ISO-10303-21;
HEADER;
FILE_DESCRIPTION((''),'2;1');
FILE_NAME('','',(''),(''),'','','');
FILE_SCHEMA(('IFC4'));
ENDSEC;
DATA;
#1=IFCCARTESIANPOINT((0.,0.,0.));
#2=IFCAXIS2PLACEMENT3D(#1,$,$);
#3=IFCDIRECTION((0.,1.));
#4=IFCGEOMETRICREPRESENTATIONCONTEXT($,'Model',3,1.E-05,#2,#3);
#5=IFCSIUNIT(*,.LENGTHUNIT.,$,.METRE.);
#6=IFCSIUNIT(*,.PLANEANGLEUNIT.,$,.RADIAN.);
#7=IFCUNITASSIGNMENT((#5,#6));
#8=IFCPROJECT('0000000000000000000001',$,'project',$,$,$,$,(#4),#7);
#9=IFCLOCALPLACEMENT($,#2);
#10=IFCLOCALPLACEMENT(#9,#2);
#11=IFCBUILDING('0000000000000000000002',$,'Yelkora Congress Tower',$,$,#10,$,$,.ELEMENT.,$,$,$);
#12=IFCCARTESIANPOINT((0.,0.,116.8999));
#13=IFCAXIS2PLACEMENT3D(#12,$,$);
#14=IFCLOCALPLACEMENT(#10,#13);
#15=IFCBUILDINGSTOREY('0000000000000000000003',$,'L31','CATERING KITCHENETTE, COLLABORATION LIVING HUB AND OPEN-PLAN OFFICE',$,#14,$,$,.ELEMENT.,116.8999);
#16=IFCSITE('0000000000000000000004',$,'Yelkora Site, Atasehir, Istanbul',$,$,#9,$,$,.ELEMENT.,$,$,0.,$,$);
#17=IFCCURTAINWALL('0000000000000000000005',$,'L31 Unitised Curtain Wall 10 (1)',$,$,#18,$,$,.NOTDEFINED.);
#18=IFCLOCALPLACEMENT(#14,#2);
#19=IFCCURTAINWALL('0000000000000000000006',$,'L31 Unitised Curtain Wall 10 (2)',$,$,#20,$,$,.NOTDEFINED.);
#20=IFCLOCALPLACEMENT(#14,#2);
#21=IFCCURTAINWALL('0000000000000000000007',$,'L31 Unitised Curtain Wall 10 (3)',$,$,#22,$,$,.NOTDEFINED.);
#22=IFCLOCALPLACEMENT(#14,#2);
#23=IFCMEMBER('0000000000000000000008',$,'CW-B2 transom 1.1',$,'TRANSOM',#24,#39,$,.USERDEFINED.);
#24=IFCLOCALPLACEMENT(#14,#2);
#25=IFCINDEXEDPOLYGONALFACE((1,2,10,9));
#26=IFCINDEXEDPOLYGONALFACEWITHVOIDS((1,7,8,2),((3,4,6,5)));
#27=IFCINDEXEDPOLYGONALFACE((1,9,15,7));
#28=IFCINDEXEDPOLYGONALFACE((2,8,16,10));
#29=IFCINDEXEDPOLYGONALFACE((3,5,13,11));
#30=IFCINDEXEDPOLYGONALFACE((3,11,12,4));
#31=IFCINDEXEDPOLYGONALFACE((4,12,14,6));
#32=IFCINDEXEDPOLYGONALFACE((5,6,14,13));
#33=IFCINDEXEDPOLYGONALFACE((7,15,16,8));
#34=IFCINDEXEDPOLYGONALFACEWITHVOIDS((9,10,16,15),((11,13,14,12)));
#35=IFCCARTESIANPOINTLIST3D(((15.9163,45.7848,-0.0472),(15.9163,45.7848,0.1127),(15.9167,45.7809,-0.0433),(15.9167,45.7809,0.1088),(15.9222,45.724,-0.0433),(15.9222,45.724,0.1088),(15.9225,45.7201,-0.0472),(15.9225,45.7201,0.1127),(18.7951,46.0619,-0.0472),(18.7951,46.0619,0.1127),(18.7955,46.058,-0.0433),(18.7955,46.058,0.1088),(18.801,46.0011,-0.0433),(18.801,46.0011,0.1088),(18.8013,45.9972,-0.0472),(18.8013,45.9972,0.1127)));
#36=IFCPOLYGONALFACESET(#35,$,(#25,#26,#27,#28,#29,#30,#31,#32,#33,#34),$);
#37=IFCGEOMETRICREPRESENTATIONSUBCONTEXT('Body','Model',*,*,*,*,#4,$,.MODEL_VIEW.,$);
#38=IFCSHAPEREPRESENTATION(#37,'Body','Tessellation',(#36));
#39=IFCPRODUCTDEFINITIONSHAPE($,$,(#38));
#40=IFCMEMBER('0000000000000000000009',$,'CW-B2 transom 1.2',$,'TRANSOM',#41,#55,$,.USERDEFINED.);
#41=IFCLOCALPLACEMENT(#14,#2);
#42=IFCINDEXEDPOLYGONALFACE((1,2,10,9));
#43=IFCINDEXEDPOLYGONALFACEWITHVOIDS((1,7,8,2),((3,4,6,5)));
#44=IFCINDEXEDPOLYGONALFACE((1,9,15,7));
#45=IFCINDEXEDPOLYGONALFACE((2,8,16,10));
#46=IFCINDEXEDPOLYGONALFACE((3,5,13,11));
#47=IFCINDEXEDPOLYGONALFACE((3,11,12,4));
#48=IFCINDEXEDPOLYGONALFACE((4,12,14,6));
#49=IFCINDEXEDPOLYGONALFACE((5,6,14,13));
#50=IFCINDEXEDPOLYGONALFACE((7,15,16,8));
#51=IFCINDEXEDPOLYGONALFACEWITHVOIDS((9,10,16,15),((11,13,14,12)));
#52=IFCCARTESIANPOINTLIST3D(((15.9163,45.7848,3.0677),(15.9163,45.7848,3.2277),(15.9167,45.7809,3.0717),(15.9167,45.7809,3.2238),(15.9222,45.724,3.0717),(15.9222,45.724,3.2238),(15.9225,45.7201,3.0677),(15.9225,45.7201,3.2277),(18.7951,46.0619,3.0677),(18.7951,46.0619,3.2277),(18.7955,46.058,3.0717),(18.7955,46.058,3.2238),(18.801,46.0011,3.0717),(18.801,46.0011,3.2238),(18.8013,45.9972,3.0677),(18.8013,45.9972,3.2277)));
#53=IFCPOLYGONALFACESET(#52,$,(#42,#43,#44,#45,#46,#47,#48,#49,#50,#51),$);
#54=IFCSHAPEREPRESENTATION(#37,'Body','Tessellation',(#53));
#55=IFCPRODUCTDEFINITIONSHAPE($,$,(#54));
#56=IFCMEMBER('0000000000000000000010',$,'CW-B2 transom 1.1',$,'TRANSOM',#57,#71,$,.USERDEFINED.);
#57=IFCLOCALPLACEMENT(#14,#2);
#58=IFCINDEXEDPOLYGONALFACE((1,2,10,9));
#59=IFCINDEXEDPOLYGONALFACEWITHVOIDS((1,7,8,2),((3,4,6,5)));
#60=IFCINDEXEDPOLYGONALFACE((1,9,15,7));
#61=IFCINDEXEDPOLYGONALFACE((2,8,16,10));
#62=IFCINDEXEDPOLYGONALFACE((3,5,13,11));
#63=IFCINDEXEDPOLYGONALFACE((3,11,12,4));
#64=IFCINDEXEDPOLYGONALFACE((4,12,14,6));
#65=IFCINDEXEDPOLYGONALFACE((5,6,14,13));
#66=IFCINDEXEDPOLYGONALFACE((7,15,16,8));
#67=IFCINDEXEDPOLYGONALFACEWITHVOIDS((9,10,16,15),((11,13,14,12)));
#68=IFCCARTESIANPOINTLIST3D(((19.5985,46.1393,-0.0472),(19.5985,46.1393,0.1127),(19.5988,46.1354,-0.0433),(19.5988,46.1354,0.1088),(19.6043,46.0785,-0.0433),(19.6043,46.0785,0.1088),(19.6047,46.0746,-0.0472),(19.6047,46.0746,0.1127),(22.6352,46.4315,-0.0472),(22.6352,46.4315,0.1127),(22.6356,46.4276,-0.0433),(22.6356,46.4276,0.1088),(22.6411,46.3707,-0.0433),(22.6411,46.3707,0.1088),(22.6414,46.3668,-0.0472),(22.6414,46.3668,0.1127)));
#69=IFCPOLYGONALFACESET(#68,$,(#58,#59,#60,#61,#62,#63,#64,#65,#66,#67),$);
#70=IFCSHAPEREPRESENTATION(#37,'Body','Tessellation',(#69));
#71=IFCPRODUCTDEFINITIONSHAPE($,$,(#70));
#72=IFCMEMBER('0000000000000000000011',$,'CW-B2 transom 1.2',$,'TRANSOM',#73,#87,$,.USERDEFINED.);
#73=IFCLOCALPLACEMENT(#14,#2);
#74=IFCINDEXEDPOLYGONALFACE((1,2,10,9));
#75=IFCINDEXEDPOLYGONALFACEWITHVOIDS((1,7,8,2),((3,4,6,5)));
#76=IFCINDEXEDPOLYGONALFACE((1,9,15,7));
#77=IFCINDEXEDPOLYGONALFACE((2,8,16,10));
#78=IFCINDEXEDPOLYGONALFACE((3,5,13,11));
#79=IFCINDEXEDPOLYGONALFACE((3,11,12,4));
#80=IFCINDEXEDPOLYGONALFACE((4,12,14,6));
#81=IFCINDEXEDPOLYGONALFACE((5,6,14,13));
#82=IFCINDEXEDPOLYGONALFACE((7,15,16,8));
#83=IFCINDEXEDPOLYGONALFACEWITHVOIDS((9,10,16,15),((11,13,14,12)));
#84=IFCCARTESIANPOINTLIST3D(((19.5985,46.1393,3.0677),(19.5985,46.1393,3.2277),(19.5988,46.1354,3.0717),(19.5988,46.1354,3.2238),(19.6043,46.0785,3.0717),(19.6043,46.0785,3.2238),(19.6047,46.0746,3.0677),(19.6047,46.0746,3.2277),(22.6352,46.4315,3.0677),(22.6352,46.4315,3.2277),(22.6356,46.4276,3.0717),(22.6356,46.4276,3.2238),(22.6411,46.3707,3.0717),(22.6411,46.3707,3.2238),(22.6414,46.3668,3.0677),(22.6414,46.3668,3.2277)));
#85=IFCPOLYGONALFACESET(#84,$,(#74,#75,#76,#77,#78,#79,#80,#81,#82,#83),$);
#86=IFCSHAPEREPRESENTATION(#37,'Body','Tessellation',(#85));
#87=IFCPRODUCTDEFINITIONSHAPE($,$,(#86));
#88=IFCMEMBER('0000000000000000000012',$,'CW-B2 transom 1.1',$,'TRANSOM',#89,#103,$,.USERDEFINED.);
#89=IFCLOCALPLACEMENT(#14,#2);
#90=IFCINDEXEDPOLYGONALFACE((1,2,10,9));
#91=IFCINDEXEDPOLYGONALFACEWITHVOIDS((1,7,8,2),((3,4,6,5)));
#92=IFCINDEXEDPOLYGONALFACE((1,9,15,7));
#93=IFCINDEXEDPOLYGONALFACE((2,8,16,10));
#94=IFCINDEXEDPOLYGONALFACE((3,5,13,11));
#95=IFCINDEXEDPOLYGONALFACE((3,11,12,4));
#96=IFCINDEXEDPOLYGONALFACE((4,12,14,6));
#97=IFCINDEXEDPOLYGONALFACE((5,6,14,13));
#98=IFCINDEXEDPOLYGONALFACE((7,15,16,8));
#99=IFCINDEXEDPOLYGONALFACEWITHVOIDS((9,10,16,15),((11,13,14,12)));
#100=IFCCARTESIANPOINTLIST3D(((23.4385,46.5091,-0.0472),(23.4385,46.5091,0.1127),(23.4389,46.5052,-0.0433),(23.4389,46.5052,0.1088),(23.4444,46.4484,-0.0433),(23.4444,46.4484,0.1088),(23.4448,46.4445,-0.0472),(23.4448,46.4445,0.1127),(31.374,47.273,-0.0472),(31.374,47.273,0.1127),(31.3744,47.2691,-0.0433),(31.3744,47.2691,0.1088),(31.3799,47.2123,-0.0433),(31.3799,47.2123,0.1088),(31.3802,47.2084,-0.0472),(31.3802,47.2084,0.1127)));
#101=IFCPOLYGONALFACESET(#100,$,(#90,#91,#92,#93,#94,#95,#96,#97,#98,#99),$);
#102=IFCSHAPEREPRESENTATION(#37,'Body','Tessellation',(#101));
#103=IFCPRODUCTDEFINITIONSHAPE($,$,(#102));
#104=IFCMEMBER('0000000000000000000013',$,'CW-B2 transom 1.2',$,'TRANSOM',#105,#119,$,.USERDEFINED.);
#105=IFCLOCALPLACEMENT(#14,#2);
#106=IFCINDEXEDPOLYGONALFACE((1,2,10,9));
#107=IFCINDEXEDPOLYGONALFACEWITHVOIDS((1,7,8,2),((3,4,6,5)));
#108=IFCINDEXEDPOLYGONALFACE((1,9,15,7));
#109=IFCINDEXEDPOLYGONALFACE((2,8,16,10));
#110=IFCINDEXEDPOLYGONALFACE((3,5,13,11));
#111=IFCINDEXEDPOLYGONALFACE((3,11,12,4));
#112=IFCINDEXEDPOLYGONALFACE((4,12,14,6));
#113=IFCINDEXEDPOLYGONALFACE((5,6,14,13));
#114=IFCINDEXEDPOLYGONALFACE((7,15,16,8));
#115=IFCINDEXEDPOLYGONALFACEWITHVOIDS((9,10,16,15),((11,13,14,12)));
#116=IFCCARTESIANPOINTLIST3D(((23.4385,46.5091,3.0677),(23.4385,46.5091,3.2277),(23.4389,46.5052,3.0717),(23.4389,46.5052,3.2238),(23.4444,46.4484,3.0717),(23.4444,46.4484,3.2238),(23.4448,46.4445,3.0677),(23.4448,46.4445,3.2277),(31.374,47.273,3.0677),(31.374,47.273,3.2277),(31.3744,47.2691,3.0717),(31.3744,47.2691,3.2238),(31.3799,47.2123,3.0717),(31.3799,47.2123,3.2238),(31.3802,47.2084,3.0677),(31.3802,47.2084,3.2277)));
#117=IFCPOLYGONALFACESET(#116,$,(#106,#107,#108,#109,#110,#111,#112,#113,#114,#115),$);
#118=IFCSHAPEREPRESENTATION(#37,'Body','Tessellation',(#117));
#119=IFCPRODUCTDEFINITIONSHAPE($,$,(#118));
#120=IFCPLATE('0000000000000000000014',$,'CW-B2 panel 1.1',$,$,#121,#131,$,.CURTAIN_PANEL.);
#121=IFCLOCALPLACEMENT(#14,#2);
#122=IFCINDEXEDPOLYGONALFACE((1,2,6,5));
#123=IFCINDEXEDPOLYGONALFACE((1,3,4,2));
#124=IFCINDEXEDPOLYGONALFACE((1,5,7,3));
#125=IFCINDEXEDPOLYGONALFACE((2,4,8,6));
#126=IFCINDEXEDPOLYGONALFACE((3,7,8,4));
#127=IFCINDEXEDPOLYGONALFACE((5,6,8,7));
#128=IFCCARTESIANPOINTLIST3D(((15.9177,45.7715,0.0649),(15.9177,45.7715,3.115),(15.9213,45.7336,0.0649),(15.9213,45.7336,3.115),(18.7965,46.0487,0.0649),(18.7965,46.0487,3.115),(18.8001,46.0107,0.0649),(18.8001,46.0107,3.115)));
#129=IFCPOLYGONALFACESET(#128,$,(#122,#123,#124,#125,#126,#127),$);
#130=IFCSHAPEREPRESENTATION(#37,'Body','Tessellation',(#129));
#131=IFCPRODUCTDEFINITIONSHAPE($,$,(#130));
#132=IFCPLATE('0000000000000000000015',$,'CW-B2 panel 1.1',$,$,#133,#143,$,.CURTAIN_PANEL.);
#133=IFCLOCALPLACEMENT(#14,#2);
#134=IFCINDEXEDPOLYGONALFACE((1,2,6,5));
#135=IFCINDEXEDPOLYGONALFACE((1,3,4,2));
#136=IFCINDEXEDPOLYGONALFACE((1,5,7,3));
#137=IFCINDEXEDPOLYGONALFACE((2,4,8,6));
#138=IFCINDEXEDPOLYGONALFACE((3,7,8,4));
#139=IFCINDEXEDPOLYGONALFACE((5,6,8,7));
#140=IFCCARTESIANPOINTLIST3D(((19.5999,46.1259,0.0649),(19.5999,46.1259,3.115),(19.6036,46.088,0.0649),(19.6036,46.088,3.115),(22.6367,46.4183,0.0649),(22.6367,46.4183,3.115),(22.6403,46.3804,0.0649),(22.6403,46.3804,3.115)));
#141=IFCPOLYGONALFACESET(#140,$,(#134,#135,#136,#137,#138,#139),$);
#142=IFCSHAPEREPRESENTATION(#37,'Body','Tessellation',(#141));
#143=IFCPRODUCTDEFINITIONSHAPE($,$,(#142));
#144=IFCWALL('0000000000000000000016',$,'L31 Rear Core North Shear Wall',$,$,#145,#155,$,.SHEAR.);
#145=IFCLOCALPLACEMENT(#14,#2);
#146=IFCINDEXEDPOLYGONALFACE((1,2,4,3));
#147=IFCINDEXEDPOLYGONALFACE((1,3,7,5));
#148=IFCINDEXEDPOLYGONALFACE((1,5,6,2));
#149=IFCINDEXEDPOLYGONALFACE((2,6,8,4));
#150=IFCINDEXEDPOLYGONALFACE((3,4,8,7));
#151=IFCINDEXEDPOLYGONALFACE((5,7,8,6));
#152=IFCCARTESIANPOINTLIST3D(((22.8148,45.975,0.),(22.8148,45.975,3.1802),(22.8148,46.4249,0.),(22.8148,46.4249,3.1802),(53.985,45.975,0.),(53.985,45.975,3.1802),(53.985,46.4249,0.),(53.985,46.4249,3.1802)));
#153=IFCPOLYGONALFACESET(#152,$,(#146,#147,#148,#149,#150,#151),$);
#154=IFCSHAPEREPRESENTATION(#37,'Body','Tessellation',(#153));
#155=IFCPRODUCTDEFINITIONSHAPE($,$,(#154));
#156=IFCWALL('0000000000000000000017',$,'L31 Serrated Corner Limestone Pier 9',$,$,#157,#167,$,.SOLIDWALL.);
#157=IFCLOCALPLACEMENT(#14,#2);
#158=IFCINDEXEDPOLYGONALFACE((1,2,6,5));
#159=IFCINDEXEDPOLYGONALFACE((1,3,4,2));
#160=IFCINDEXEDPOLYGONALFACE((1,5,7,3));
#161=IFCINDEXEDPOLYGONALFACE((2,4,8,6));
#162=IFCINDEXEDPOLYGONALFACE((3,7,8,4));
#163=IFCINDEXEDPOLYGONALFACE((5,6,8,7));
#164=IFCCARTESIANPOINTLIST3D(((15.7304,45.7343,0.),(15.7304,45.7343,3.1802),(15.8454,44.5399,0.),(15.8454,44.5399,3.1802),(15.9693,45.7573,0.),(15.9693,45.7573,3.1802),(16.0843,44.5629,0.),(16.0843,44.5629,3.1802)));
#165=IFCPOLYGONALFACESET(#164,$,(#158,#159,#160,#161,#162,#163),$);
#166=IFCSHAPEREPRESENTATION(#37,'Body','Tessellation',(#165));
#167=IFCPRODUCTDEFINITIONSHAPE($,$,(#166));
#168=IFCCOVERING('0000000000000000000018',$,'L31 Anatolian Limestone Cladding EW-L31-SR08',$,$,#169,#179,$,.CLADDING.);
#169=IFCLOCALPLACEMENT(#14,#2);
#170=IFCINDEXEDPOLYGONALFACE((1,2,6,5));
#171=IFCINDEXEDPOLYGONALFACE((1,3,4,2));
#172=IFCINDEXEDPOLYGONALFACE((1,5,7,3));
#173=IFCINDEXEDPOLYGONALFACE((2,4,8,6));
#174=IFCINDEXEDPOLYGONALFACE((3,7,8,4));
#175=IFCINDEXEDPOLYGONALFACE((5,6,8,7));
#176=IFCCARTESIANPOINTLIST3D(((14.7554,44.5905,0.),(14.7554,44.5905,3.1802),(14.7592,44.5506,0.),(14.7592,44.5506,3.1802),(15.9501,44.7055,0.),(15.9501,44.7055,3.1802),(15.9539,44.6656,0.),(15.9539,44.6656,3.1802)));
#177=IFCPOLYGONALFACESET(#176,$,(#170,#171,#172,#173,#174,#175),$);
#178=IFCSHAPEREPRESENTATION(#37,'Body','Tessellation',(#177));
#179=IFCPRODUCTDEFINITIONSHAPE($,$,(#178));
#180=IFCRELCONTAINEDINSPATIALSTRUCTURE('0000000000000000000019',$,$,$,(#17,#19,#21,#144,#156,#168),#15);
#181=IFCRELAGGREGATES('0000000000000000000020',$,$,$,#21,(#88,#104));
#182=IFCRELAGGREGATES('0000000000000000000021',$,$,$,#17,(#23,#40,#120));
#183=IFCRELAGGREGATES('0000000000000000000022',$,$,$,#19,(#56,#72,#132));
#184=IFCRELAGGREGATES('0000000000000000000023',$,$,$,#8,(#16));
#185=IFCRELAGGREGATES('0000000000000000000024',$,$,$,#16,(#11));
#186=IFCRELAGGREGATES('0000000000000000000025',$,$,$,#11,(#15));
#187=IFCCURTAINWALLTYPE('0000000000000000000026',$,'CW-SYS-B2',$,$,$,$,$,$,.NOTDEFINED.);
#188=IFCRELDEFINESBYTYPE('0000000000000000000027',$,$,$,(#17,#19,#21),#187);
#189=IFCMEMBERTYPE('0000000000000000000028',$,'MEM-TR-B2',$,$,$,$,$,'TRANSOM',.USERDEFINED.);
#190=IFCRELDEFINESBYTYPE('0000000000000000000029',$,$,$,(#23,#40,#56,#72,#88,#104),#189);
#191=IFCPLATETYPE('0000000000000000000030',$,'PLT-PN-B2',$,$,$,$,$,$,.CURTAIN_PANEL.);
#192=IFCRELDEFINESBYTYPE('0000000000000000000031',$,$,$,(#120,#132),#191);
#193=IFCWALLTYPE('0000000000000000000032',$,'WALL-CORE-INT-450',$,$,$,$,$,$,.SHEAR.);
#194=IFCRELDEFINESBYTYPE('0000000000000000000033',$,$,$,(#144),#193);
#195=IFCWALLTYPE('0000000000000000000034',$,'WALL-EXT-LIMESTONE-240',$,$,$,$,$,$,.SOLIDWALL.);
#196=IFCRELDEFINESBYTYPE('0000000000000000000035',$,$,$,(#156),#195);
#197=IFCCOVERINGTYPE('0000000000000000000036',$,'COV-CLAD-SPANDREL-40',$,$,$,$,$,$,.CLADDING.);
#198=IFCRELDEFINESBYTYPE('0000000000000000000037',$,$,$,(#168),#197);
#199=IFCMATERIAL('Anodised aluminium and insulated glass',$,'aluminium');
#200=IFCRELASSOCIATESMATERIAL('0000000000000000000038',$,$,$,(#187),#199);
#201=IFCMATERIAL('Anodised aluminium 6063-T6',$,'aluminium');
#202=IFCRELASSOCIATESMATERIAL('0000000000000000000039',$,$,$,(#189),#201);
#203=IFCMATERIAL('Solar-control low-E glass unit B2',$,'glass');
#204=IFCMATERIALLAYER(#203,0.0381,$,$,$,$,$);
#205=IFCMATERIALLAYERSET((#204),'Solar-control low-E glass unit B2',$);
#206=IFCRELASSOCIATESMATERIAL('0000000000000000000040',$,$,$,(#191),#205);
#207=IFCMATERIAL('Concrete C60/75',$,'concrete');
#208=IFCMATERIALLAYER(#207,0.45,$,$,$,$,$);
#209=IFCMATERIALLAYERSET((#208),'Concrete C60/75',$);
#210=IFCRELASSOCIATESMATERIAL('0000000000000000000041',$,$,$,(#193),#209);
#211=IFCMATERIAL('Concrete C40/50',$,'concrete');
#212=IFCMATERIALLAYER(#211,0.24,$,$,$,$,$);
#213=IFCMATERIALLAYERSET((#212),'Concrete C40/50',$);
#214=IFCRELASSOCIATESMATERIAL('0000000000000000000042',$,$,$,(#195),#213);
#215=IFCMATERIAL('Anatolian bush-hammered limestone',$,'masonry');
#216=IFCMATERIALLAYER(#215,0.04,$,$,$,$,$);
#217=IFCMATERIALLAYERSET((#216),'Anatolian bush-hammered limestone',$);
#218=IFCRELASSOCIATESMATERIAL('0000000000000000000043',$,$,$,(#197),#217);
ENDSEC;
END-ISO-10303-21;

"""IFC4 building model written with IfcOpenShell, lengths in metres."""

from ifc_helpers import new_model, si_unit, direction, frame, frame_2d, origin, origin_2d, place, context, subcontext, project, spatial, rectangle, hollow_rectangle, extrude, material, layer, layer_set, material_profile, profile_set, type_object, element, aggregate, save


model = new_model("IFC4")

# Units and contexts
model_context = context("Model", 3, precision=1e-05, world=origin(), true_north=direction((0.0, 1.0)))
body_context = subcontext(model_context, "Body", "Model", "MODEL_VIEW")
ifc_project = project(units=[si_unit("LENGTHUNIT", "METRE"), si_unit("PLANEANGLEUNIT", "RADIAN")], contexts=[model_context])

# Site, building, storey
site_placement = place(None, origin())
site = spatial("IfcSite", under=ifc_project, at=site_placement, Name="Yelkora Site, Atasehir, Istanbul", CompositionType="ELEMENT", RefElevation=0.0)
building_placement = place(site_placement, origin())
building = spatial("IfcBuilding", under=site, at=building_placement, Name="Yelkora Congress Tower", CompositionType="ELEMENT")
storey_placement = place(building_placement, frame((0.0, 0.0, 116.8999)))
storey = spatial("IfcBuildingStorey", under=building, at=storey_placement, Name="L31", Description="CATERING KITCHENETTE, COLLABORATION LIVING HUB AND OPEN-PLAN OFFICE", CompositionType="ELEMENT", Elevation=116.8999)

# Curtain walls
ifc_material_1 = material(Name="Anodised aluminium and insulated glass", Category="aluminium")
curtain_wall_type = type_object("IfcCurtainWallType", Name="CW-SYS-B2", PredefinedType="NOTDEFINED", material=ifc_material_1)
curtain_wall_1_placement = place(storey_placement, origin())
curtain_wall_1 = element("IfcCurtainWall", 1, at=curtain_wall_1_placement, inside=storey, type_object=curtain_wall_type, Name="L31 Unitised Curtain Wall 10 (1)", PredefinedType="NOTDEFINED")
ifc_material_2 = material(Name="Anodised aluminium 6063-T6", Category="aluminium")
curtain_wall_2_placement = place(storey_placement, origin())
curtain_wall_2 = element("IfcCurtainWall", 2, at=curtain_wall_2_placement, inside=storey, type_object=curtain_wall_type, Name="L31 Unitised Curtain Wall 10 (2)", PredefinedType="NOTDEFINED")

# Curtain wall
curtain_wall_3_placement = place(storey_placement, origin())
curtain_wall_3 = element("IfcCurtainWall", 3, at=curtain_wall_3_placement, inside=storey, type_object=curtain_wall_type, Name="L31 Unitised Curtain Wall 10 (3)", PredefinedType="NOTDEFINED")

# Members
ifc_material_profile_1 = material_profile(ifc_material_2, hollow_rectangle(XDim=0.0649, YDim=0.1599, WallThickness=0.0039, at=origin_2d()), Name="ALU 65x160x4")
ifc_profile_set_1 = profile_set([ifc_material_profile_1], Name="Anodised aluminium 6063-T6")
member_type_1 = type_object("IfcMemberType", Name="MEM-TR-B2", ElementType="TRANSOM", PredefinedType="USERDEFINED", material=ifc_profile_set_1)
member_1_placement = place(storey_placement, frame((15.9194, 45.7524, 0.0327), z_axis=(0.9954, 0.095809, 0.0), x_axis=(-0.095809, 0.9954, 0.0)))
member_1 = element("IfcMember", 4, at=member_1_placement, type_object=member_type_1, Name="CW-B2 transom 1.1", ObjectType="TRANSOM", PredefinedType="USERDEFINED", context=body_context, shape_type="SweptSolid", body=[
    extrude(hollow_rectangle(XDim=0.0649, YDim=0.1599, WallThickness=0.0039, at=origin_2d()), origin(), (0.0, 0.0, 1.0), 2.8921),
])
member_2_placement = place(storey_placement, frame((15.9194, 45.7524, 3.1477), z_axis=(0.9954, 0.095809, 0.0), x_axis=(-0.095809, 0.9954, 0.0)))
member_2 = element("IfcMember", 5, at=member_2_placement, type_object=member_type_1, Name="CW-B2 transom 1.2", ObjectType="TRANSOM", PredefinedType="USERDEFINED", context=body_context, shape_type="SweptSolid", body=[
    extrude(hollow_rectangle(XDim=0.0649, YDim=0.1599, WallThickness=0.0039, at=origin_2d()), origin(), (0.0, 0.0, 1.0), 2.8921),
])
member_3_placement = place(storey_placement, frame((19.6016, 46.1069, 0.0327), z_axis=(0.995402, 0.095787, 0.0), x_axis=(-0.095787, 0.995402, 0.0)))
member_3 = element("IfcMember", 6, at=member_3_placement, type_object=member_type_1, Name="CW-B2 transom 1.1", ObjectType="TRANSOM", PredefinedType="USERDEFINED", context=body_context, shape_type="SweptSolid", body=[
    extrude(hollow_rectangle(XDim=0.0649, YDim=0.1599, WallThickness=0.0039, at=origin_2d()), origin(), (0.0, 0.0, 1.0), 3.0508),
])
member_4_placement = place(storey_placement, frame((19.6016, 46.1069, 3.1477), z_axis=(0.995402, 0.095787, 0.0), x_axis=(-0.095787, 0.995402, 0.0)))
member_4 = element("IfcMember", 7, at=member_4_placement, type_object=member_type_1, Name="CW-B2 transom 1.2", ObjectType="TRANSOM", PredefinedType="USERDEFINED", context=body_context, shape_type="SweptSolid", body=[
    extrude(hollow_rectangle(XDim=0.0649, YDim=0.1599, WallThickness=0.0039, at=origin_2d()), origin(), (0.0, 0.0, 1.0), 3.0508),
])
member_5_placement = place(storey_placement, frame((23.4417, 46.4768, 0.0327), z_axis=(0.995398, 0.095822, 0.0), x_axis=(-0.095822, 0.995398, 0.0)))
member_5 = element("IfcMember", 8, at=member_5_placement, type_object=member_type_1, Name="CW-B2 transom 1.1", ObjectType="TRANSOM", PredefinedType="USERDEFINED", context=body_context, shape_type="SweptSolid", body=[
    extrude(hollow_rectangle(XDim=0.0649, YDim=0.1599, WallThickness=0.0039, at=origin_2d()), origin(), (0.0, 0.0, 1.0), 7.9722),
])
member_6_placement = place(storey_placement, frame((23.4417, 46.4768, 3.1477), z_axis=(0.995398, 0.095822, 0.0), x_axis=(-0.095822, 0.995398, 0.0)))
member_6 = element("IfcMember", 9, at=member_6_placement, type_object=member_type_1, Name="CW-B2 transom 1.2", ObjectType="TRANSOM", PredefinedType="USERDEFINED", context=body_context, shape_type="SweptSolid", body=[
    extrude(hollow_rectangle(XDim=0.0649, YDim=0.1599, WallThickness=0.0039, at=origin_2d()), origin(), (0.0, 0.0, 1.0), 7.9722),
])
aggregate(curtain_wall_3, [member_5, member_6])

# Plates
ifc_material_3 = material(Name="Solar-control low-E glass unit B2", Category="glass")
ifc_layer_1 = layer(ifc_material_3, 0.0381)
ifc_layer_set_1 = layer_set([ifc_layer_1], Name="Solar-control low-E glass unit B2")
plate_type = type_object("IfcPlateType", Name="PLT-PN-B2", PredefinedType="CURTAIN_PANEL", material=ifc_layer_set_1)
plate_1_placement = place(storey_placement, frame((17.3589, 45.8911, 0.0649), z_axis=(0.0, 0.0, 1.0), x_axis=(0.995397, 0.095839, 0.0)))
plate_1 = element("IfcPlate", 10, at=plate_1_placement, type_object=plate_type, Name="CW-B2 panel 1.1", PredefinedType="CURTAIN_PANEL", context=body_context, shape_type="SweptSolid", body=[
    extrude(rectangle(XDim=2.8921, YDim=0.0381, at=origin_2d()), origin(), (0.0, 0.0, 1.0), 3.05),
])
aggregate(curtain_wall_1, [member_1, member_2, plate_1])
plate_2_placement = place(storey_placement, frame((21.1201, 46.2532, 0.0649), z_axis=(0.0, 0.0, 1.0), x_axis=(0.995397, 0.095841, 0.0)))
plate_2 = element("IfcPlate", 11, at=plate_2_placement, type_object=plate_type, Name="CW-B2 panel 1.1", PredefinedType="CURTAIN_PANEL", context=body_context, shape_type="SweptSolid", body=[
    extrude(rectangle(XDim=3.0508, YDim=0.0381, at=origin_2d()), origin(), (0.0, 0.0, 1.0), 3.05),
])
aggregate(curtain_wall_2, [member_3, member_4, plate_2])

# Walls
ifc_material_4 = material(Name="Concrete C60/75", Category="concrete")
ifc_layer_2 = layer(ifc_material_4, 0.45)
ifc_layer_set_2 = layer_set([ifc_layer_2], Name="Concrete C60/75")
wall_type_1 = type_object("IfcWallType", Name="WALL-CORE-INT-450", PredefinedType="SHEAR", material=ifc_layer_set_2)
wall_1_placement = place(storey_placement, frame((22.8149, 46.2, 0.0), z_axis=(0.0, 0.0, 1.0), x_axis=(1.0, 0.0, 0.0)))
element("IfcWall", 12, at=wall_1_placement, inside=storey, type_object=wall_type_1, Name="L31 Rear Core North Shear Wall", PredefinedType="SHEAR", context=body_context, shape_type="SweptSolid", body=[
    extrude(rectangle(XDim=31.1702, YDim=0.45, at=frame_2d((15.585, 0.0))), origin(), (0.0, 0.0, 1.0), 3.1802),
])
ifc_material_5 = material(Name="Concrete C40/50", Category="concrete")
ifc_layer_3 = layer(ifc_material_5, 0.24)
ifc_layer_set_3 = layer_set([ifc_layer_3], Name="Concrete C40/50")
wall_type_2 = type_object("IfcWallType", Name="WALL-EXT-LIMESTONE-240", PredefinedType="SOLIDWALL", material=ifc_layer_set_3)
wall_2_placement = place(storey_placement, frame((15.9648, 44.5513, 0.0), z_axis=(0.0, 0.0, 1.0), x_axis=(-0.095836, 0.995397, 0.0)))
element("IfcWall", 13, at=wall_2_placement, inside=storey, type_object=wall_type_2, Name="L31 Serrated Corner Limestone Pier 9", PredefinedType="SOLIDWALL", context=body_context, shape_type="SweptSolid", body=[
    extrude(rectangle(XDim=1.2, YDim=0.24, at=frame_2d((0.6001, 0.0))), origin(), (0.0, 0.0, 1.0), 3.1802),
])

# Covering
ifc_material_6 = material(Name="Anatolian bush-hammered limestone", Category="masonry")
ifc_layer_4 = layer(ifc_material_6, 0.04)
ifc_layer_set_4 = layer_set([ifc_layer_4], Name="Anatolian bush-hammered limestone")
covering_type = type_object("IfcCoveringType", Name="COV-CLAD-SPANDREL-40", PredefinedType="CLADDING", material=ifc_layer_set_4)
covering_placement = place(storey_placement, frame((14.7573, 44.5706, 0.0), z_axis=(0.0, 0.0, 1.0), x_axis=(0.995399, 0.095817, 0.0)))
element("IfcCovering", 14, at=covering_placement, inside=storey, type_object=covering_type, Name="L31 Anatolian Limestone Cladding EW-L31-SR08", PredefinedType="CLADDING", context=body_context, shape_type="SweptSolid", body=[
    extrude(rectangle(XDim=1.2002, YDim=0.04, at=frame_2d((0.6001, 0.0))), origin(), (0.0, 0.0, 1.0), 3.1802),
])

save(model, "model.ifc")
